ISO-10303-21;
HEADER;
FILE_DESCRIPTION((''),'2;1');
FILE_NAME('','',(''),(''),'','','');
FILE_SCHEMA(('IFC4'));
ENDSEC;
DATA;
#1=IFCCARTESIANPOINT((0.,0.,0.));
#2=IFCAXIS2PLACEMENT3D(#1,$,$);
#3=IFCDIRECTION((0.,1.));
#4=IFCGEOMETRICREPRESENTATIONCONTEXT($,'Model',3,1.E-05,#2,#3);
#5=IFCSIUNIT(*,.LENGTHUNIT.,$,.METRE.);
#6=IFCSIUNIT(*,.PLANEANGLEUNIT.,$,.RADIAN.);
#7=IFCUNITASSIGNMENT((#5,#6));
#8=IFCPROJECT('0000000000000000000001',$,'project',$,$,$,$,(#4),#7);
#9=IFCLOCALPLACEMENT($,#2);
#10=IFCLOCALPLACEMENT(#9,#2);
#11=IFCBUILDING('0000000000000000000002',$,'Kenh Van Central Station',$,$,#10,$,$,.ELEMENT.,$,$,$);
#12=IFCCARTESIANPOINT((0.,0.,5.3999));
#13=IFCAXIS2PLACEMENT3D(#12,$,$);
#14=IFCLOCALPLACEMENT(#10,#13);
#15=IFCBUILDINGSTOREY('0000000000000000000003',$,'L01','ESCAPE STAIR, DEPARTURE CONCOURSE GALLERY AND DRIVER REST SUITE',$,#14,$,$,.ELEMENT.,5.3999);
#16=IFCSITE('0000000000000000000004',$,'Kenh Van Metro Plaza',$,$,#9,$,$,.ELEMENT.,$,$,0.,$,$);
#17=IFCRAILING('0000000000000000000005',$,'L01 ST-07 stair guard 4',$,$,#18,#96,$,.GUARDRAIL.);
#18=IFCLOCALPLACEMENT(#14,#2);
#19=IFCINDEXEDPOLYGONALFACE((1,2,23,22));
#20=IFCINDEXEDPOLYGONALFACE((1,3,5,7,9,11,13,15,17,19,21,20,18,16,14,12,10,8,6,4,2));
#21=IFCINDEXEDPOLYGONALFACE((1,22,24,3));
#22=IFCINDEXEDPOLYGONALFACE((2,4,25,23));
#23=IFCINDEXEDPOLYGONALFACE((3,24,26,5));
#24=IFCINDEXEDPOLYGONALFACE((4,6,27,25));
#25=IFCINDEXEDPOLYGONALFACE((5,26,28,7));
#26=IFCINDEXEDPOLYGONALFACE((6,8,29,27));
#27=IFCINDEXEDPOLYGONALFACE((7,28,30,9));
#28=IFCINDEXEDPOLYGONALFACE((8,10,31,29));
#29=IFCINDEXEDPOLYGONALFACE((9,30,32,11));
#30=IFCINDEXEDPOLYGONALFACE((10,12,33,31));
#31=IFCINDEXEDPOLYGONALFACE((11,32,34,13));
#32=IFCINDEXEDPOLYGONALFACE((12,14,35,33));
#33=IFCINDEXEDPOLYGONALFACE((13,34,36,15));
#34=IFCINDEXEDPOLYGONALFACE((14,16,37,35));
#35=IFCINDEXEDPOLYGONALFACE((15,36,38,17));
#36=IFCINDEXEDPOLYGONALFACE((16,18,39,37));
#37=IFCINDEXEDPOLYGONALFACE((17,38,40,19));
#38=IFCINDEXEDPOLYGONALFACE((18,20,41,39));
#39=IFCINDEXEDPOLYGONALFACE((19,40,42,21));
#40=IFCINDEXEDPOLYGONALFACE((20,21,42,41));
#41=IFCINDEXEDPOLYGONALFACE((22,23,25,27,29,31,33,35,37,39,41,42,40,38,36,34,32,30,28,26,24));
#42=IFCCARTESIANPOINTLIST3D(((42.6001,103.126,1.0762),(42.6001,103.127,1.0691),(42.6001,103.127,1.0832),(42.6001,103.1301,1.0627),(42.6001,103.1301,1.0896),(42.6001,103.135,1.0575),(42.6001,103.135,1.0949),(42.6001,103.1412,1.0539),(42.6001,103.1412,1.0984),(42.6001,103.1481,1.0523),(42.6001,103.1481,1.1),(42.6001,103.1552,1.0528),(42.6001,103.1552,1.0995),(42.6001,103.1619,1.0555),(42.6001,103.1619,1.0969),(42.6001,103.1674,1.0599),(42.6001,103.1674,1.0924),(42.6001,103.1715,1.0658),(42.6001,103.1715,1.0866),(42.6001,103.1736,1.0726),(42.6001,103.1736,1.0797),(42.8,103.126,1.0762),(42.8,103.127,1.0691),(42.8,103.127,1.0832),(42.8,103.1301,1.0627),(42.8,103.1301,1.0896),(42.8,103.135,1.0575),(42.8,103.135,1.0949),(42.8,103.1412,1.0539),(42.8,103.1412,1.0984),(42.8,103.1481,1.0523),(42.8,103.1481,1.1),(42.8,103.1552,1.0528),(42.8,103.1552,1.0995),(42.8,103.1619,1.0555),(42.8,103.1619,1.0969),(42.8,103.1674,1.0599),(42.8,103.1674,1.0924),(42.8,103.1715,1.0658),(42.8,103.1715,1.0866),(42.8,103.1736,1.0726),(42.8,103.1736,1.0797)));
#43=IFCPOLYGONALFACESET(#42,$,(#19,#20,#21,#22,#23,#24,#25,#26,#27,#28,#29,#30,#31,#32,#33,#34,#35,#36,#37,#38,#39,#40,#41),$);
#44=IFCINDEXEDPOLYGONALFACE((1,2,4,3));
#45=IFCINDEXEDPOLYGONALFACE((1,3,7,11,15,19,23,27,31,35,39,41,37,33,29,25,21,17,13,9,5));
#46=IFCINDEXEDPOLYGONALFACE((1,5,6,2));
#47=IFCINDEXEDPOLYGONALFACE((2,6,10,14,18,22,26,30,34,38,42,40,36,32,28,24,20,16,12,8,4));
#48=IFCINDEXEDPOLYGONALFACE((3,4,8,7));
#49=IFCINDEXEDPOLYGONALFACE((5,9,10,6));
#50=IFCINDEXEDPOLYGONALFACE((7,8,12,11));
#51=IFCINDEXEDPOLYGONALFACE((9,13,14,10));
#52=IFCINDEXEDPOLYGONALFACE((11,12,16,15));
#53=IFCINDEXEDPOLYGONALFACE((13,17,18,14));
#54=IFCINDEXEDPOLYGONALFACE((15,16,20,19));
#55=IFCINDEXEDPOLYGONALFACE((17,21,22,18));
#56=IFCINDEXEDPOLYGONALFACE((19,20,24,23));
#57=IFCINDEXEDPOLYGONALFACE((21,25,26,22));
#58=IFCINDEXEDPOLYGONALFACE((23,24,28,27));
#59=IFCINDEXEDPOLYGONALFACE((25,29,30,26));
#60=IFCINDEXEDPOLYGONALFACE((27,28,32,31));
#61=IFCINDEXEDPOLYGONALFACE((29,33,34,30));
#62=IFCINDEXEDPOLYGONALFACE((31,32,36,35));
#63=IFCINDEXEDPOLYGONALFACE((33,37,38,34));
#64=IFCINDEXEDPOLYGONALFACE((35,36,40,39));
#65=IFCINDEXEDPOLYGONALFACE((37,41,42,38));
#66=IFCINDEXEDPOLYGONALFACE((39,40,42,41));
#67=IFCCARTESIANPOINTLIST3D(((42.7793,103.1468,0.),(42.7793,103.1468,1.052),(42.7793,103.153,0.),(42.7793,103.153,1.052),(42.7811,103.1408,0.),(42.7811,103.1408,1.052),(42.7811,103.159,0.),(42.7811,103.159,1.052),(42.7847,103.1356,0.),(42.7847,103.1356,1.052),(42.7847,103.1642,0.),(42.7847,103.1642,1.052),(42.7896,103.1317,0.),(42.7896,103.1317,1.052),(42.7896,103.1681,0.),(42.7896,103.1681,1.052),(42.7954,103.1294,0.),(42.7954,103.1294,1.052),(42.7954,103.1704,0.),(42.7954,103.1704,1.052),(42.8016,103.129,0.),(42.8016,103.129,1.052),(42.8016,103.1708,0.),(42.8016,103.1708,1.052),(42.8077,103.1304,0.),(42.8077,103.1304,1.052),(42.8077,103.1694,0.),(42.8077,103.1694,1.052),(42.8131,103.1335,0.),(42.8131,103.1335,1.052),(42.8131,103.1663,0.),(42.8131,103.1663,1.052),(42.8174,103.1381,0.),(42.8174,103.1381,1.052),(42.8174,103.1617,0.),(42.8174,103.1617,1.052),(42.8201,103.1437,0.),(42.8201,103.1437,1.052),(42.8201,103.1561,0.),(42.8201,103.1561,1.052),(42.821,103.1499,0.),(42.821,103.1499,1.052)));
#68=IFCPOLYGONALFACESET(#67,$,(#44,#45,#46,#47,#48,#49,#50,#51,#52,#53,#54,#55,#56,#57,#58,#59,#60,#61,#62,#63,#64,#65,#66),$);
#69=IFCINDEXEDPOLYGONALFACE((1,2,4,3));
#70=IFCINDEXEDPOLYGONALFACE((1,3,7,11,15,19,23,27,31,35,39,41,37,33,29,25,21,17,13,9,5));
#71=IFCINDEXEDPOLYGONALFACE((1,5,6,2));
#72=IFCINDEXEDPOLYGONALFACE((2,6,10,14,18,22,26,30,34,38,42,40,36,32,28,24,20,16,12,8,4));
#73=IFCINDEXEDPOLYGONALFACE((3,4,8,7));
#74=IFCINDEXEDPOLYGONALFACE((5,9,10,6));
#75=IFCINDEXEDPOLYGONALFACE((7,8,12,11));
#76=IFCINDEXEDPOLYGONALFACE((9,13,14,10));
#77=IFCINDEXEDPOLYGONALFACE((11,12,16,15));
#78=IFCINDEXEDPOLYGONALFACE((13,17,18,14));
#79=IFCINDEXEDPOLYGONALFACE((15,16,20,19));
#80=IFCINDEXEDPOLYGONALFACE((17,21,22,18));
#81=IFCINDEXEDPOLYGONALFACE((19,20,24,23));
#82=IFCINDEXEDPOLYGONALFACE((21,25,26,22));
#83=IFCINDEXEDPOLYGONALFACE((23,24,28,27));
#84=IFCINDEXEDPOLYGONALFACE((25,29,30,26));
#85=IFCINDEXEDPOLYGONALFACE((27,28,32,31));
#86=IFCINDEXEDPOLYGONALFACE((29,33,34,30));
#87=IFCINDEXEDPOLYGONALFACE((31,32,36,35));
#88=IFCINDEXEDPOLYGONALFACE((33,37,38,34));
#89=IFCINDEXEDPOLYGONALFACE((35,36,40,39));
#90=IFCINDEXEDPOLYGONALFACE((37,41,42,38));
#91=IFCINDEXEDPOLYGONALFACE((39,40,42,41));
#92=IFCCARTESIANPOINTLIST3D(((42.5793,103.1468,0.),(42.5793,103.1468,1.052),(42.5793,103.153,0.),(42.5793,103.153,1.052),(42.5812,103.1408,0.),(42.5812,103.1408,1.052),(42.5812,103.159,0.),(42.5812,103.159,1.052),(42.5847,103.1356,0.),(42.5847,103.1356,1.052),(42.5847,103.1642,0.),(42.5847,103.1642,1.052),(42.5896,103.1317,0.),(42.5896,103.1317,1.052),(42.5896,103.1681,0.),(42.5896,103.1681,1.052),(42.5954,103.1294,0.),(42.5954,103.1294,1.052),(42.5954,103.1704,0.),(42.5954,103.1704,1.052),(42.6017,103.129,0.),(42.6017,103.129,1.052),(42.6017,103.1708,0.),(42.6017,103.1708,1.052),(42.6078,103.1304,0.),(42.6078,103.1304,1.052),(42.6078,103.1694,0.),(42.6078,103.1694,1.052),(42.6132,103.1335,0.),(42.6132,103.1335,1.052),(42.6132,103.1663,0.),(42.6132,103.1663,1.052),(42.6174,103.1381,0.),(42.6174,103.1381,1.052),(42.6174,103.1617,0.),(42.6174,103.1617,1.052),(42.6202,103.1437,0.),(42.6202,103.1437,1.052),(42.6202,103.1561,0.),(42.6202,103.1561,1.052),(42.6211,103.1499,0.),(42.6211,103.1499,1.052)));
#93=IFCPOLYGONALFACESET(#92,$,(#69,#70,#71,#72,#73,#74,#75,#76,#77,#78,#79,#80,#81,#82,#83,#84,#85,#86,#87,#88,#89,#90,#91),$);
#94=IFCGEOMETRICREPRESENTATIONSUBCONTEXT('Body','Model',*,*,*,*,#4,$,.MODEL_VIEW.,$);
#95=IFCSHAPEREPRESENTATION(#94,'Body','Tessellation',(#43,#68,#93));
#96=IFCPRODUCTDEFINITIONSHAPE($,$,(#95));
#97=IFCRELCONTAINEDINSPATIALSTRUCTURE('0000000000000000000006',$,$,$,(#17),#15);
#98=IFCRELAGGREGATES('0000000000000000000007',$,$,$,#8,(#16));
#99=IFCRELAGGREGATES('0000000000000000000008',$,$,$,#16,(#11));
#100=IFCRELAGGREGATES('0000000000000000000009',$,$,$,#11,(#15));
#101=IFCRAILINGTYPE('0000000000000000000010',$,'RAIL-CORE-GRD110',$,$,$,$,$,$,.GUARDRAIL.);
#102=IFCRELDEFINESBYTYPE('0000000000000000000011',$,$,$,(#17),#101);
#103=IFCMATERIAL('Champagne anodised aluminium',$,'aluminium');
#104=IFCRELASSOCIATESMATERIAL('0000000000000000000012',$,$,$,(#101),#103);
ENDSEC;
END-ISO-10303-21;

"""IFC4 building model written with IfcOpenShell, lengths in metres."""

from ifc_helpers import new_model, si_unit, direction, frame, origin, origin_2d, place, context, subcontext, project, spatial, circle, extrude, material, type_object, element, save


model = new_model("IFC4")

# Units and contexts
model_context = context("Model", 3, precision=1e-05, world=origin(), true_north=direction((0.0, 1.0)))
body_context = subcontext(model_context, "Body", "Model", "MODEL_VIEW")
ifc_project = project(units=[si_unit("LENGTHUNIT", "METRE"), si_unit("PLANEANGLEUNIT", "RADIAN")], contexts=[model_context])

# Site, building, storey
site_placement = place(None, origin())
site = spatial("IfcSite", under=ifc_project, at=site_placement, Name="Kenh Van Metro Plaza", CompositionType="ELEMENT", RefElevation=0.0)
building_placement = place(site_placement, origin())
building = spatial("IfcBuilding", under=site, at=building_placement, Name="Kenh Van Central Station", CompositionType="ELEMENT")
storey_placement = place(building_placement, frame((0.0, 0.0, 5.3999)))
storey = spatial("IfcBuildingStorey", under=building, at=storey_placement, Name="L01", Description="ESCAPE STAIR, DEPARTURE CONCOURSE GALLERY AND DRIVER REST SUITE", CompositionType="ELEMENT", Elevation=5.3999)

# Shared definitions
ifc_material_1 = material(Name="Champagne anodised aluminium", Category="aluminium")

# Railing
railing_type_1 = type_object("IfcRailingType", Name="RAIL-CORE-GRD110", PredefinedType="GUARDRAIL", material=ifc_material_1)
railing_1_placement = place(storey_placement, frame((42.8, 103.1499, 0.0)))
element("IfcRailing", 1, at=railing_1_placement, inside=storey, type_object=railing_type_1, Name="L01 ST-07 stair guard 4", PredefinedType="GUARDRAIL", context=body_context, shape_type="SweptSolid", body=[
    extrude(circle(Radius=0.0239, at=origin_2d()), frame((0.0, 0.0, 1.0762), z_axis=(-1.0, 0.0, 0.0), x_axis=(0.0, -1.0, 0.0)), (0.0, 0.0, 1.0), 0.2),
    extrude(circle(Radius=0.021, at=origin_2d()), origin(), (0.0, 0.0, 1.0), 1.052),
    extrude(circle(Radius=0.021, at=origin_2d()), frame((-0.2, 0.0, 0.0)), (0.0, 0.0, 1.0), 1.052),
])

save(model, "model.ifc")
